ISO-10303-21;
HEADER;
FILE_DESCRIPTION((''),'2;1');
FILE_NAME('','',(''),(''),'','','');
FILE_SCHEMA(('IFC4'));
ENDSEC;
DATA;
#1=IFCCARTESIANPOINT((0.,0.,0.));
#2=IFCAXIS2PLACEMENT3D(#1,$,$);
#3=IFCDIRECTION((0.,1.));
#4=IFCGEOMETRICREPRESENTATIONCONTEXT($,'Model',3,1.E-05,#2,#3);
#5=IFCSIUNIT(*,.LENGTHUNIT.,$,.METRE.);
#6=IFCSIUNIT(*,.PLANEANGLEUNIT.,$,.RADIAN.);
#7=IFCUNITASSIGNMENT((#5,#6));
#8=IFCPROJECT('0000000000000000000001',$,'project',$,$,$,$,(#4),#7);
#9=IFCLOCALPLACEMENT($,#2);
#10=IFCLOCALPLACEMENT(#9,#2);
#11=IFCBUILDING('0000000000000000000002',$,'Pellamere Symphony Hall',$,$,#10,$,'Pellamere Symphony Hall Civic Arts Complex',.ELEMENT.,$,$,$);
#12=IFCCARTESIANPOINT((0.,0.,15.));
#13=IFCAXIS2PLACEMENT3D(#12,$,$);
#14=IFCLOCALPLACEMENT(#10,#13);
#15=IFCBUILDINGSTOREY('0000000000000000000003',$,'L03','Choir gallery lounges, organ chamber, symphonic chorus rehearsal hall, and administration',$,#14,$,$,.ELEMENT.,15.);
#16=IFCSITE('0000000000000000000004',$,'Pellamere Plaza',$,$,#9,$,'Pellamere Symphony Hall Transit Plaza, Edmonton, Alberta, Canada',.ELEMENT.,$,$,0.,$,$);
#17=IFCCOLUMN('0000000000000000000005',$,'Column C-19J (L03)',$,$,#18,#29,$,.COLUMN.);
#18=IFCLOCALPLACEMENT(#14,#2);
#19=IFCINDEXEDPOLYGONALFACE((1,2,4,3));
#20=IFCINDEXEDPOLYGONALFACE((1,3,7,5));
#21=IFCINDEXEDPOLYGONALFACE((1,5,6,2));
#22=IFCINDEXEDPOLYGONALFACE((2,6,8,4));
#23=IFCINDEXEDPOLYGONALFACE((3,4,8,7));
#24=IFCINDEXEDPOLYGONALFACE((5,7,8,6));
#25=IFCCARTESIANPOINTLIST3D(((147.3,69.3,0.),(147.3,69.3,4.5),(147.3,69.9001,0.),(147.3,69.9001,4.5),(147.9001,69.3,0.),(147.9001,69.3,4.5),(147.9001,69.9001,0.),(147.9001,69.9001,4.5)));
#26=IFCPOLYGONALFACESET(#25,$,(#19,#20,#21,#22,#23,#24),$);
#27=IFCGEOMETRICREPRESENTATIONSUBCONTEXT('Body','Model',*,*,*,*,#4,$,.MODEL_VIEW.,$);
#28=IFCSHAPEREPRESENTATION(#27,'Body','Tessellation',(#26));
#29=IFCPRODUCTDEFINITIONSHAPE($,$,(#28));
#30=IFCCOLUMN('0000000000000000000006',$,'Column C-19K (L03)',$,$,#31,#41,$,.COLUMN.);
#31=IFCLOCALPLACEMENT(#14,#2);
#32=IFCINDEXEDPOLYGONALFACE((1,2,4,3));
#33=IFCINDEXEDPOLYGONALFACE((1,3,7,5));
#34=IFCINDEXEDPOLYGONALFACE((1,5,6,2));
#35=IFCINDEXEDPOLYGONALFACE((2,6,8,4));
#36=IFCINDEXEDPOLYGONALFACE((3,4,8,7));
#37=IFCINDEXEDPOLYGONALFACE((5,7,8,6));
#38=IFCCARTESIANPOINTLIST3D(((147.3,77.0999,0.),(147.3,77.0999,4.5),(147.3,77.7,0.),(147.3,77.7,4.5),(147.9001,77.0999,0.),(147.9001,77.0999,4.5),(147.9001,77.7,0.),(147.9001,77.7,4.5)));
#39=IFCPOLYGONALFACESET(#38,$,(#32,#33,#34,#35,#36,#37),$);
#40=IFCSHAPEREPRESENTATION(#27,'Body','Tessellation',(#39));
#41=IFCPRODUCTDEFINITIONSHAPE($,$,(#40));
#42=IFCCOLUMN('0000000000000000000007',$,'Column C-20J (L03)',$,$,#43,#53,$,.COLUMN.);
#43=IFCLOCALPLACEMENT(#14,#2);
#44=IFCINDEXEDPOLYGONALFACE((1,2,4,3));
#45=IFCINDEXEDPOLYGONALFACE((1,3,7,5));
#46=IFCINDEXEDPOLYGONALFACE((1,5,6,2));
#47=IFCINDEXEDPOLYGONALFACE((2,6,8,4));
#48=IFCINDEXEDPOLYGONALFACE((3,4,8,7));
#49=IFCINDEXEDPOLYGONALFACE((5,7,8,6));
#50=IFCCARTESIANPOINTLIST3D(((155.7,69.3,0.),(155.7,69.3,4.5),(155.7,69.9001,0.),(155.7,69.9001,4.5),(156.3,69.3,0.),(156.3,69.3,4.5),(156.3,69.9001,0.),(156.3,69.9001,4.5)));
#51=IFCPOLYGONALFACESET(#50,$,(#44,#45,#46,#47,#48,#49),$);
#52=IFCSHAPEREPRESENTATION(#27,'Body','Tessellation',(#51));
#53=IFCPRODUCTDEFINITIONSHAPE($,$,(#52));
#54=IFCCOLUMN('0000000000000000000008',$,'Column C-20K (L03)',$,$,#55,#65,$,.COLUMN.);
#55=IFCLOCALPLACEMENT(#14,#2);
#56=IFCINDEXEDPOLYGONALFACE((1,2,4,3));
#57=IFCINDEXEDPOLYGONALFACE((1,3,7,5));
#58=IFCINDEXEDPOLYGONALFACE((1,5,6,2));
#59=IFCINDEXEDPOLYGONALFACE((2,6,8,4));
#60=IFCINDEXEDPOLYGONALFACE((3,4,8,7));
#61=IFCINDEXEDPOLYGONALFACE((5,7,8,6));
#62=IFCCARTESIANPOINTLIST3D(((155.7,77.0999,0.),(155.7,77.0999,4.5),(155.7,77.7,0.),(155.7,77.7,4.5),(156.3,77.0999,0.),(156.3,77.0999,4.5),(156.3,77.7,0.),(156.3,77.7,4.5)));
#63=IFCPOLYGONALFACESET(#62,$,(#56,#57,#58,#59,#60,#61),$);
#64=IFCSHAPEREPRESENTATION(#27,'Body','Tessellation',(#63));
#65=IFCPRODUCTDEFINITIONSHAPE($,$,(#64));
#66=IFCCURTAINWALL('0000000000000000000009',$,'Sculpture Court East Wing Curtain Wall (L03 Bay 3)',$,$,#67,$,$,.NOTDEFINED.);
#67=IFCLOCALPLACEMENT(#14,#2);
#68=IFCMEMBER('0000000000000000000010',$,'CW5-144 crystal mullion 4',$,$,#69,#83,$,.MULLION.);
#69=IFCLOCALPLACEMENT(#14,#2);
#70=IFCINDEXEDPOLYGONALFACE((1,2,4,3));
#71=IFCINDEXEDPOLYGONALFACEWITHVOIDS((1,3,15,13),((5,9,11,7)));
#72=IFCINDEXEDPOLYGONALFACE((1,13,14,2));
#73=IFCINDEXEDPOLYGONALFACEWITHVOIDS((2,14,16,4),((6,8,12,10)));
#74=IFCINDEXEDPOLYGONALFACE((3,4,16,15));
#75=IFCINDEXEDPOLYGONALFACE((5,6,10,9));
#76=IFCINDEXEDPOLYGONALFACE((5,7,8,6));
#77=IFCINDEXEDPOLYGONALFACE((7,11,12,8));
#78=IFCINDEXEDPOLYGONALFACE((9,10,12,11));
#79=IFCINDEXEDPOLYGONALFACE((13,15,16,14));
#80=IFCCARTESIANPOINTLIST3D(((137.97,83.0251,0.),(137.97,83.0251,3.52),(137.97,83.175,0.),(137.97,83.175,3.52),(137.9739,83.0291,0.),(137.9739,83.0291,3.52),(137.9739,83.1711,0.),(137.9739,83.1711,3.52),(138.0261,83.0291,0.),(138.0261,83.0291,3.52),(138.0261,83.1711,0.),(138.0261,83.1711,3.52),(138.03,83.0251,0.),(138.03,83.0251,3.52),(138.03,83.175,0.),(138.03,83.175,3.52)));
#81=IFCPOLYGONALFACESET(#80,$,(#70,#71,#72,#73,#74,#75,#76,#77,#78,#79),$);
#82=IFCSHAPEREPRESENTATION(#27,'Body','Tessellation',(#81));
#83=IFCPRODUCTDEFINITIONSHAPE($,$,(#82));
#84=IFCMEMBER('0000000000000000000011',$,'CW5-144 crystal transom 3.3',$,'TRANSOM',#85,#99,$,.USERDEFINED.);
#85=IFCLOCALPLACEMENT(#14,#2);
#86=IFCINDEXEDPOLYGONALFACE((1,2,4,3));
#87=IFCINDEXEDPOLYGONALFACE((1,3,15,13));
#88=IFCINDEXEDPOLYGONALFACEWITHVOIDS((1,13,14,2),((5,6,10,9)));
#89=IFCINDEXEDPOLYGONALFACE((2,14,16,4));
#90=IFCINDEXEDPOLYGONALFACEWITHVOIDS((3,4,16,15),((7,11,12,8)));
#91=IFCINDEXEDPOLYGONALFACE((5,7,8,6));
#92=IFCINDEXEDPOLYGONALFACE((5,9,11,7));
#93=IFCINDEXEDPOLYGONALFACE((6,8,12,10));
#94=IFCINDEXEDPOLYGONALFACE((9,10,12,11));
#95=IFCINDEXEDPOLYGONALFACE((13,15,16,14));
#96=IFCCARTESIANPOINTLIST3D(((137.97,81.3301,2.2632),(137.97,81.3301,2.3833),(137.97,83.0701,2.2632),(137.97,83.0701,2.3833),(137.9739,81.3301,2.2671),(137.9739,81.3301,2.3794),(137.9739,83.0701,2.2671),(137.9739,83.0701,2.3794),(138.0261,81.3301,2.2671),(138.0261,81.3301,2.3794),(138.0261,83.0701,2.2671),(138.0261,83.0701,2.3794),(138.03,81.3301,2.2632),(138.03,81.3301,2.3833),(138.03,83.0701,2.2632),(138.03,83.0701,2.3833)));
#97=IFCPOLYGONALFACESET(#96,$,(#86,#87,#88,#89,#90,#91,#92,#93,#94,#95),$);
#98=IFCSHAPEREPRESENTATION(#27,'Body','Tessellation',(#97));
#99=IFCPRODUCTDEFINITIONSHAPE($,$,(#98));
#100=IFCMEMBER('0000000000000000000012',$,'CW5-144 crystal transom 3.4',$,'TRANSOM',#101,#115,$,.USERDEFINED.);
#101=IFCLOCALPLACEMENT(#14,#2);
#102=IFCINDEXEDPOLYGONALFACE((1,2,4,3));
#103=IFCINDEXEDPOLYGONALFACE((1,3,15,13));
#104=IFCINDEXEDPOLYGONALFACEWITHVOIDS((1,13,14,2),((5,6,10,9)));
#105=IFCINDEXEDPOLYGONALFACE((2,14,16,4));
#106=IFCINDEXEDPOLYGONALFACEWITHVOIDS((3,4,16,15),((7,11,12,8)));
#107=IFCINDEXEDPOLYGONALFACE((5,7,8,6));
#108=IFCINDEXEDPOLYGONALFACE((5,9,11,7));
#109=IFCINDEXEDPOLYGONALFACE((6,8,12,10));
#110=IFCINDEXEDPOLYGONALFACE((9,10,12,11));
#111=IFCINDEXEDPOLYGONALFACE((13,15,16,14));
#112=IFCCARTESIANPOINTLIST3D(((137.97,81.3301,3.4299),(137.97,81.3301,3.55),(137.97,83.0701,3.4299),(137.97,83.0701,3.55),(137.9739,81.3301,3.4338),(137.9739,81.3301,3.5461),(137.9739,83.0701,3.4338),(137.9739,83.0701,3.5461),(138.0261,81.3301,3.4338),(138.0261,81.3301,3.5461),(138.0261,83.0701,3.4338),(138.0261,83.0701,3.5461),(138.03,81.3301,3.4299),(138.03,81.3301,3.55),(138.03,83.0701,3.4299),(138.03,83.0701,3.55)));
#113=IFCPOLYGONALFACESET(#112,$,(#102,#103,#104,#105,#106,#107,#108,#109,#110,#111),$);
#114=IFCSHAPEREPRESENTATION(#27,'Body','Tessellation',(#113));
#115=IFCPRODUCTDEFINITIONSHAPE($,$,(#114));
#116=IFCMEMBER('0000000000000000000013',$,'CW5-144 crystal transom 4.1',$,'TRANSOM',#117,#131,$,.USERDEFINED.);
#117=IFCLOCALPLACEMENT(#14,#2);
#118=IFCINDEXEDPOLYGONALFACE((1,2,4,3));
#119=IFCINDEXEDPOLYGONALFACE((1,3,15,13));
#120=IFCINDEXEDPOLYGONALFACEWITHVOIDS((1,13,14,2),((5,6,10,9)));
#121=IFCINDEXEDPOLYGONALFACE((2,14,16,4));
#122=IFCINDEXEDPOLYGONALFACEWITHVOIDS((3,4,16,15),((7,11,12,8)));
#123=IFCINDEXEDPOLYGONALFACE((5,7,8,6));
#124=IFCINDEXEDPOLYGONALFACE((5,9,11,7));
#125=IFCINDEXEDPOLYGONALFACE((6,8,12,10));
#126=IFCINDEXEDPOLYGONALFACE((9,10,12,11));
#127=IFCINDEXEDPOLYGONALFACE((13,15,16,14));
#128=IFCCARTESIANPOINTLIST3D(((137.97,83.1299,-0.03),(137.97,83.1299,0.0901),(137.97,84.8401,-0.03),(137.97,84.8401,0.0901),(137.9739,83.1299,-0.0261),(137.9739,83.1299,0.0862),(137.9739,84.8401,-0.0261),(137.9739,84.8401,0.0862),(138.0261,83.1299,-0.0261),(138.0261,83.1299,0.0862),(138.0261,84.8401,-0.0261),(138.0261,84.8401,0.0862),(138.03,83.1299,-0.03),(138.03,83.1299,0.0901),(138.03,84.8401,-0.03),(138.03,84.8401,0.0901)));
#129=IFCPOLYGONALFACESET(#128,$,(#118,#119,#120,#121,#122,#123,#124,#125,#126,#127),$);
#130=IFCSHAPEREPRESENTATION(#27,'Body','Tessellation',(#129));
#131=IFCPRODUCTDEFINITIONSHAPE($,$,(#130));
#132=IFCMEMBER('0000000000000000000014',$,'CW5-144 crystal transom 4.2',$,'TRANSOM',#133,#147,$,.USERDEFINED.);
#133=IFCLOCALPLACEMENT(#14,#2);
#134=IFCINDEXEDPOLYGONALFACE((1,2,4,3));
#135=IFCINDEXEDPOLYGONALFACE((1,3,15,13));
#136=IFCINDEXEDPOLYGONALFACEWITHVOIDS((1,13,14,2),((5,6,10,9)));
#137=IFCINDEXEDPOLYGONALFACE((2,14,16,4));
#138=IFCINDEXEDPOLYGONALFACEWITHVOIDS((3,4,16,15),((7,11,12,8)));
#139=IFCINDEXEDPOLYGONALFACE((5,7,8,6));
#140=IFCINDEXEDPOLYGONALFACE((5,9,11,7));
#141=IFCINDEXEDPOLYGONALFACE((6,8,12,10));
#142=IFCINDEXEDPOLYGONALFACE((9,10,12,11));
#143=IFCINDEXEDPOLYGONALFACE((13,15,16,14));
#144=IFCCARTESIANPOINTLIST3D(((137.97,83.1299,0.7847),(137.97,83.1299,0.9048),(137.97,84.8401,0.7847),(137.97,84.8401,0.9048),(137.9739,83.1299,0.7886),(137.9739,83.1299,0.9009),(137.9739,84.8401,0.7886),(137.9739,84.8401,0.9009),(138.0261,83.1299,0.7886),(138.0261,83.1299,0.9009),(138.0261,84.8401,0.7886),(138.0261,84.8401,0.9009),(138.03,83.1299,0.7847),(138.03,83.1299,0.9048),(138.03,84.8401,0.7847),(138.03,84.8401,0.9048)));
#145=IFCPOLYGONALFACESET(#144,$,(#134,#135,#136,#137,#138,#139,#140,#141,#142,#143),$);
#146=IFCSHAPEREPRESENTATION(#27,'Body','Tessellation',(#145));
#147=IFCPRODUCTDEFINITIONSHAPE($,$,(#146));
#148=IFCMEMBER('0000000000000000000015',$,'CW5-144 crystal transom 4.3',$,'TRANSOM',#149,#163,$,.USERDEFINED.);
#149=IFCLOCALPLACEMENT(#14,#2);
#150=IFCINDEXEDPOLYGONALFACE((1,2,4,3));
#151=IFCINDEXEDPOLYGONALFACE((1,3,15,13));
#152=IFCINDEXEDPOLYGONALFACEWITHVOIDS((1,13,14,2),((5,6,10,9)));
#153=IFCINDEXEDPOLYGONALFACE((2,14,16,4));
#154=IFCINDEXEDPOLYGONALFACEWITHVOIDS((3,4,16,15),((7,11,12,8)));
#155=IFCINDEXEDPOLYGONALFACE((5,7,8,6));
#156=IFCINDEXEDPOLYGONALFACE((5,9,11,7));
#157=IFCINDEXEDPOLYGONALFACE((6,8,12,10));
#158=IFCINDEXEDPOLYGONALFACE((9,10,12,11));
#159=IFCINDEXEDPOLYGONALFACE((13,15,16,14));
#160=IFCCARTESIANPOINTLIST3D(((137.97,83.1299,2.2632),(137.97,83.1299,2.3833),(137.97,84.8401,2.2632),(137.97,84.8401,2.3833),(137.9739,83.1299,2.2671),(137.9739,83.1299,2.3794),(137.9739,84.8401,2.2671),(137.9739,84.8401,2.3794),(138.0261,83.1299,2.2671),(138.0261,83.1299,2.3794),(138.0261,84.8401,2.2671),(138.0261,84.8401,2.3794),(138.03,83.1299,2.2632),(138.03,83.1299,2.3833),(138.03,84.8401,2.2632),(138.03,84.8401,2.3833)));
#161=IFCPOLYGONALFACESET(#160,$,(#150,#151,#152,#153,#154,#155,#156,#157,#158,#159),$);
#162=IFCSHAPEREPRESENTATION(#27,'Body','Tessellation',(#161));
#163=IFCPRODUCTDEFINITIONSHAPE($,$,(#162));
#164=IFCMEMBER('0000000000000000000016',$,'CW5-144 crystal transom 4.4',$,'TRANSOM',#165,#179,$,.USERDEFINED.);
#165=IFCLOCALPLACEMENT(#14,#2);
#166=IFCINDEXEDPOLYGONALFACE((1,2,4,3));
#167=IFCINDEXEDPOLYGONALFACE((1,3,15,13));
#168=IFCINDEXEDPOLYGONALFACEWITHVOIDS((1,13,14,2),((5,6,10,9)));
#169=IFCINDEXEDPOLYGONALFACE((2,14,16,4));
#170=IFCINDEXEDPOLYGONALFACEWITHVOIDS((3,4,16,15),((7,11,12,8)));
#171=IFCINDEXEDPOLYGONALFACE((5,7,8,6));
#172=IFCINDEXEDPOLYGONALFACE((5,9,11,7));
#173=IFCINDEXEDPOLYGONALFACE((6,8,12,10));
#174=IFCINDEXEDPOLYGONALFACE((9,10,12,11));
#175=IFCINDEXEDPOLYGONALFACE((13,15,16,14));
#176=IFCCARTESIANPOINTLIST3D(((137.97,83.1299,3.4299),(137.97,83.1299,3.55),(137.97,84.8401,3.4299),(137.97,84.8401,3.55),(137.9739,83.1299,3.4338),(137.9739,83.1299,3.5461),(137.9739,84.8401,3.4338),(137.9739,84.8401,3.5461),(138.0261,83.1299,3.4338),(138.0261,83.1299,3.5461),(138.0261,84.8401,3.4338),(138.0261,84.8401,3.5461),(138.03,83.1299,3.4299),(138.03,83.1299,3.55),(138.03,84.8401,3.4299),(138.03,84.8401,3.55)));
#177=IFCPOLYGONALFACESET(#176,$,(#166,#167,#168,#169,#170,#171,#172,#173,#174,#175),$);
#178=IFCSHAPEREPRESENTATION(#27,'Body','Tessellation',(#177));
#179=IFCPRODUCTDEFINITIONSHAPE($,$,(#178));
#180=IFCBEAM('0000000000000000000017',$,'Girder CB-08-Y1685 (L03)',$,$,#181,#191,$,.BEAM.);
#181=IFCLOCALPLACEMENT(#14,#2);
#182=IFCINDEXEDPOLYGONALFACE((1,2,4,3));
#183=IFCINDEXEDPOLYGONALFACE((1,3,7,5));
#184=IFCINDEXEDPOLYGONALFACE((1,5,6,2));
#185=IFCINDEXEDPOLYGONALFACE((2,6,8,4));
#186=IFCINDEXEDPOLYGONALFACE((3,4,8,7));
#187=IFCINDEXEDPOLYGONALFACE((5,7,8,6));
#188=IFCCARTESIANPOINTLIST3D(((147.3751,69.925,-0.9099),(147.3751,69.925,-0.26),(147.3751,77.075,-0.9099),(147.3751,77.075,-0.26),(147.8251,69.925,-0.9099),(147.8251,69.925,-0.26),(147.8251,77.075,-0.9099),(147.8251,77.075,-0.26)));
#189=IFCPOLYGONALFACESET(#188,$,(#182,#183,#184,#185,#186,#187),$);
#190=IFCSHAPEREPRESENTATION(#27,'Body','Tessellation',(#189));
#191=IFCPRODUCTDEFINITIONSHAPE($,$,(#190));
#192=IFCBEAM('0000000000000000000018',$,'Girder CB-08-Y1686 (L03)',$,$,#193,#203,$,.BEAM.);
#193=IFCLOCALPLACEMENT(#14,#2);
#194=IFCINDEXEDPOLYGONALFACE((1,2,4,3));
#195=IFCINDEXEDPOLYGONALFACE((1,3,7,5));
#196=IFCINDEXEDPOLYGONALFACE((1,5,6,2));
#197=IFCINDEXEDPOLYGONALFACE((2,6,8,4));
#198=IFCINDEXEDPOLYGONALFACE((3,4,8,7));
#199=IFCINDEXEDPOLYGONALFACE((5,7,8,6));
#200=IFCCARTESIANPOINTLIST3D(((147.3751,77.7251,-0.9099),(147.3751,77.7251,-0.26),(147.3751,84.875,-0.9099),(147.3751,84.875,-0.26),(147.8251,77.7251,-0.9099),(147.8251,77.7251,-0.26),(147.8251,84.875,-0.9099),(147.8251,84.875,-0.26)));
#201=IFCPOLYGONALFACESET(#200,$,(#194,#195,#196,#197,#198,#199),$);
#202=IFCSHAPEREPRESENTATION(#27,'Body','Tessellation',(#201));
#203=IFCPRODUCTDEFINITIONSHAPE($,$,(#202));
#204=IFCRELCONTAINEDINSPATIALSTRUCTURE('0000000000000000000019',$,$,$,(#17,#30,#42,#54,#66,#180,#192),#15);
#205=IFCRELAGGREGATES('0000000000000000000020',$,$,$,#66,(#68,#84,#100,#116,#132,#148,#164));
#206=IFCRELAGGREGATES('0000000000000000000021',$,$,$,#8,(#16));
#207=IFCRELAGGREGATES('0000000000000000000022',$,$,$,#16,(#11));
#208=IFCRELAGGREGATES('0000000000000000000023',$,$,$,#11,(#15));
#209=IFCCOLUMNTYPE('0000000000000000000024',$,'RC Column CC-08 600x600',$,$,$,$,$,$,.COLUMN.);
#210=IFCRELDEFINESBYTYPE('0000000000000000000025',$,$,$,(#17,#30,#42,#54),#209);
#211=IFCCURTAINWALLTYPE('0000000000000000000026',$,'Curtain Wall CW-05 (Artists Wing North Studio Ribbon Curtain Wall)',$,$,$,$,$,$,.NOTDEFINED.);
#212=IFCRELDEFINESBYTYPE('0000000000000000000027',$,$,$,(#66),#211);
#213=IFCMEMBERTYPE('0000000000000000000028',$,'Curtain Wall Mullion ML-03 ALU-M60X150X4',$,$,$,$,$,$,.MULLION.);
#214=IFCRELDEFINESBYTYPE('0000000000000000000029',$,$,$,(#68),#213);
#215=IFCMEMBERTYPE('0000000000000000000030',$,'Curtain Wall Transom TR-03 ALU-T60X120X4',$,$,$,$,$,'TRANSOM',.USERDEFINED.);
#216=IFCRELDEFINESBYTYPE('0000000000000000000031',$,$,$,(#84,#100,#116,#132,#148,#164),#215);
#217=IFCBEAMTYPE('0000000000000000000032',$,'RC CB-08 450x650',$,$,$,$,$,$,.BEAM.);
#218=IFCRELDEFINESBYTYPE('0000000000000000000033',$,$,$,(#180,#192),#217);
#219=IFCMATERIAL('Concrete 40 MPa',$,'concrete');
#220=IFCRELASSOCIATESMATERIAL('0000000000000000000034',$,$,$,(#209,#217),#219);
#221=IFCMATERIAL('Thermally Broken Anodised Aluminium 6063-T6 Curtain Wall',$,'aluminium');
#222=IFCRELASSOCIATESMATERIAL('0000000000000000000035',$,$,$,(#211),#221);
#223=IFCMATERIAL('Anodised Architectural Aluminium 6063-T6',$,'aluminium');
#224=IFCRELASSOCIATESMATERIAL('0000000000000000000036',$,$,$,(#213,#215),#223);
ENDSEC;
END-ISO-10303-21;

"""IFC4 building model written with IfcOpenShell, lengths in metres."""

from ifc_helpers import new_model, si_unit, direction, frame, origin, origin_2d, place, context, subcontext, project, spatial, rectangle, hollow_rectangle, extrude, material, material_profile, profile_set, type_object, element, aggregate, save


model = new_model("IFC4")

# Units and contexts
model_context = context("Model", 3, precision=1e-05, world=origin(), true_north=direction((0.0, 1.0)))
body_context = subcontext(model_context, "Body", "Model", "MODEL_VIEW")
ifc_project = project(units=[si_unit("LENGTHUNIT", "METRE"), si_unit("PLANEANGLEUNIT", "RADIAN")], contexts=[model_context])

# Site, building, storey
site_placement = place(None, origin())
site = spatial("IfcSite", under=ifc_project, at=site_placement, Name="Pellamere Plaza", LongName="Pellamere Symphony Hall Transit Plaza, Edmonton, Alberta, Canada", CompositionType="ELEMENT", RefElevation=0.0)
building_placement = place(site_placement, origin())
building = spatial("IfcBuilding", under=site, at=building_placement, Name="Pellamere Symphony Hall", LongName="Pellamere Symphony Hall Civic Arts Complex", CompositionType="ELEMENT")
storey_placement = place(building_placement, frame((0.0, 0.0, 15.0)))
storey = spatial("IfcBuildingStorey", under=building, at=storey_placement, Name="L03", Description="Choir gallery lounges, organ chamber, symphonic chorus rehearsal hall, and administration", CompositionType="ELEMENT", Elevation=15.0)

# Columns
ifc_material_1 = material(Name="Concrete 40 MPa", Category="concrete")
ifc_material_profile_1 = material_profile(ifc_material_1, rectangle(XDim=0.6001, YDim=0.6001, at=origin_2d()), Name="RC 600x600")
ifc_profile_set_1 = profile_set([ifc_material_profile_1], Name="Concrete 40 MPa")
column_type = type_object("IfcColumnType", Name="RC Column CC-08 600x600", PredefinedType="COLUMN", material=ifc_profile_set_1)
for number, where, z_axis, x_axis, name in (
    (1, (147.6001, 69.6001, 0.0), (0.0, 0.0, 1.0), (1.0, 0.0, 0.0), "Column C-19J (L03)"),
    (2, (147.6001, 77.3999, 0.0), (0.0, 0.0, 1.0), (1.0, 0.0, 0.0), "Column C-19K (L03)"),
    (3, (156.0, 69.6001, 0.0), (0.0, 0.0, 1.0), (1.0, 0.0, 0.0), "Column C-20J (L03)"),
    (4, (156.0, 77.3999, 0.0), (0.0, 0.0, 1.0), (1.0, 0.0, 0.0), "Column C-20K (L03)"),
):
    element("IfcColumn", number, at=place(storey_placement, frame(where, z_axis=z_axis, x_axis=x_axis)), inside=storey, type_object=column_type, Name=name, PredefinedType="COLUMN", context=body_context, shape_type="SweptSolid", body=[
        extrude(rectangle(XDim=0.6001, YDim=0.6001, at=origin_2d()), origin(), (0.0, 0.0, 1.0), 4.5),
    ])

# Curtain wall, members
ifc_material_2 = material(Name="Thermally Broken Anodised Aluminium 6063-T6 Curtain Wall", Category="aluminium")
curtain_wall_type = type_object("IfcCurtainWallType", Name="Curtain Wall CW-05 (Artists Wing North Studio Ribbon Curtain Wall)", PredefinedType="NOTDEFINED", material=ifc_material_2)
curtain_wall_placement = place(storey_placement, origin())
curtain_wall = element("IfcCurtainWall", 5, at=curtain_wall_placement, inside=storey, type_object=curtain_wall_type, Name="Sculpture Court East Wing Curtain Wall (L03 Bay 3)", PredefinedType="NOTDEFINED")
ifc_material_3 = material(Name="Anodised Architectural Aluminium 6063-T6", Category="aluminium")
ifc_material_profile_2 = material_profile(ifc_material_3, hollow_rectangle(XDim=0.0601, YDim=0.1499, WallThickness=0.0039, at=origin_2d()), Name="ALU-M60X150X4")
ifc_profile_set_2 = profile_set([ifc_material_profile_2], Name="Anodised Architectural Aluminium 6063-T6")
member_type_1 = type_object("IfcMemberType", Name="Curtain Wall Mullion ML-03 ALU-M60X150X4", PredefinedType="MULLION", material=ifc_profile_set_2)
member_1_placement = place(storey_placement, frame((138.0, 83.1001, 0.0), z_axis=(0.0, 0.0, 1.0), x_axis=(-1.0, 0.0, 0.0)))
member_1 = element("IfcMember", 6, at=member_1_placement, type_object=member_type_1, Name="CW5-144 crystal mullion 4", PredefinedType="MULLION", context=body_context, shape_type="SweptSolid", body=[
    extrude(hollow_rectangle(XDim=0.0601, YDim=0.1499, WallThickness=0.0039, at=origin_2d()), origin(), (0.0, 0.0, 1.0), 3.52),
])
ifc_material_profile_3 = material_profile(ifc_material_3, hollow_rectangle(XDim=0.0601, YDim=0.1201, WallThickness=0.0039, at=origin_2d()), Name="ALU-T60X120X4")
ifc_profile_set_3 = profile_set([ifc_material_profile_3], Name="Anodised Architectural Aluminium 6063-T6")
member_type_2 = type_object("IfcMemberType", Name="Curtain Wall Transom TR-03 ALU-T60X120X4", ElementType="TRANSOM", PredefinedType="USERDEFINED", material=ifc_profile_set_3)
member_2_placement = place(storey_placement, frame((138.0, 81.3301, 2.3232), z_axis=(0.0, 1.0, 0.0), x_axis=(-1.0, 0.0, 0.0)))
member_2 = element("IfcMember", 7, at=member_2_placement, type_object=member_type_2, Name="CW5-144 crystal transom 3.3", ObjectType="TRANSOM", PredefinedType="USERDEFINED", context=body_context, shape_type="SweptSolid", body=[
    extrude(hollow_rectangle(XDim=0.0601, YDim=0.1201, WallThickness=0.0039, at=origin_2d()), origin(), (0.0, 0.0, 1.0), 1.74),
])
member_3_placement = place(storey_placement, frame((138.0, 81.3301, 3.49), z_axis=(0.0, 1.0, 0.0), x_axis=(-1.0, 0.0, 0.0)))
member_3 = element("IfcMember", 8, at=member_3_placement, type_object=member_type_2, Name="CW5-144 crystal transom 3.4", ObjectType="TRANSOM", PredefinedType="USERDEFINED", context=body_context, shape_type="SweptSolid", body=[
    extrude(hollow_rectangle(XDim=0.0601, YDim=0.1201, WallThickness=0.0039, at=origin_2d()), origin(), (0.0, 0.0, 1.0), 1.74),
])
member_4_placement = place(storey_placement, frame((138.0, 83.1299, 0.03), z_axis=(0.0, 1.0, 0.0), x_axis=(-1.0, 0.0, 0.0)))
member_4 = element("IfcMember", 9, at=member_4_placement, type_object=member_type_2, Name="CW5-144 crystal transom 4.1", ObjectType="TRANSOM", PredefinedType="USERDEFINED", context=body_context, shape_type="SweptSolid", body=[
    extrude(hollow_rectangle(XDim=0.0601, YDim=0.1201, WallThickness=0.0039, at=origin_2d()), origin(), (0.0, 0.0, 1.0), 1.7102),
])
member_5_placement = place(storey_placement, frame((138.0, 83.1299, 0.8447), z_axis=(0.0, 1.0, 0.0), x_axis=(-1.0, 0.0, 0.0)))
member_5 = element("IfcMember", 10, at=member_5_placement, type_object=member_type_2, Name="CW5-144 crystal transom 4.2", ObjectType="TRANSOM", PredefinedType="USERDEFINED", context=body_context, shape_type="SweptSolid", body=[
    extrude(hollow_rectangle(XDim=0.0601, YDim=0.1201, WallThickness=0.0039, at=origin_2d()), origin(), (0.0, 0.0, 1.0), 1.7102),
])
member_6_placement = place(storey_placement, frame((138.0, 83.1299, 2.3232), z_axis=(0.0, 1.0, 0.0), x_axis=(-1.0, 0.0, 0.0)))
member_6 = element("IfcMember", 11, at=member_6_placement, type_object=member_type_2, Name="CW5-144 crystal transom 4.3", ObjectType="TRANSOM", PredefinedType="USERDEFINED", context=body_context, shape_type="SweptSolid", body=[
    extrude(hollow_rectangle(XDim=0.0601, YDim=0.1201, WallThickness=0.0039, at=origin_2d()), origin(), (0.0, 0.0, 1.0), 1.7102),
])
member_7_placement = place(storey_placement, frame((138.0, 83.1299, 3.49), z_axis=(0.0, 1.0, 0.0), x_axis=(-1.0, 0.0, 0.0)))
member_7 = element("IfcMember", 12, at=member_7_placement, type_object=member_type_2, Name="CW5-144 crystal transom 4.4", ObjectType="TRANSOM", PredefinedType="USERDEFINED", context=body_context, shape_type="SweptSolid", body=[
    extrude(hollow_rectangle(XDim=0.0601, YDim=0.1201, WallThickness=0.0039, at=origin_2d()), origin(), (0.0, 0.0, 1.0), 1.7102),
])

# Beams
ifc_material_profile_4 = material_profile(ifc_material_1, rectangle(XDim=0.45, YDim=0.6499, at=origin_2d()), Name="RC 450x650")
ifc_profile_set_4 = profile_set([ifc_material_profile_4], Name="Concrete 40 MPa")
beam_type_1 = type_object("IfcBeamType", Name="RC CB-08 450x650", PredefinedType="BEAM", material=ifc_profile_set_4)
for number, where, z_axis, x_axis, name in (
    (13, (147.6001, 69.925, -0.585), (0.0, 1.0, 0.0), (-1.0, 0.0, 0.0), "Girder CB-08-Y1685 (L03)"),
    (14, (147.6001, 77.7251, -0.585), (0.0, 1.0, 0.0), (-1.0, 0.0, 0.0), "Girder CB-08-Y1686 (L03)"),
):
    element("IfcBeam", number, at=place(storey_placement, frame(where, z_axis=z_axis, x_axis=x_axis)), inside=storey, type_object=beam_type_1, Name=name, PredefinedType="BEAM", context=body_context, shape_type="SweptSolid", body=[
        extrude(rectangle(XDim=0.45, YDim=0.6499, at=origin_2d()), origin(), (0.0, 0.0, 1.0), 7.1499),
    ])

aggregate(curtain_wall, [member_1, member_2, member_3, member_4, member_5, member_6, member_7])

save(model, "model.ifc")
